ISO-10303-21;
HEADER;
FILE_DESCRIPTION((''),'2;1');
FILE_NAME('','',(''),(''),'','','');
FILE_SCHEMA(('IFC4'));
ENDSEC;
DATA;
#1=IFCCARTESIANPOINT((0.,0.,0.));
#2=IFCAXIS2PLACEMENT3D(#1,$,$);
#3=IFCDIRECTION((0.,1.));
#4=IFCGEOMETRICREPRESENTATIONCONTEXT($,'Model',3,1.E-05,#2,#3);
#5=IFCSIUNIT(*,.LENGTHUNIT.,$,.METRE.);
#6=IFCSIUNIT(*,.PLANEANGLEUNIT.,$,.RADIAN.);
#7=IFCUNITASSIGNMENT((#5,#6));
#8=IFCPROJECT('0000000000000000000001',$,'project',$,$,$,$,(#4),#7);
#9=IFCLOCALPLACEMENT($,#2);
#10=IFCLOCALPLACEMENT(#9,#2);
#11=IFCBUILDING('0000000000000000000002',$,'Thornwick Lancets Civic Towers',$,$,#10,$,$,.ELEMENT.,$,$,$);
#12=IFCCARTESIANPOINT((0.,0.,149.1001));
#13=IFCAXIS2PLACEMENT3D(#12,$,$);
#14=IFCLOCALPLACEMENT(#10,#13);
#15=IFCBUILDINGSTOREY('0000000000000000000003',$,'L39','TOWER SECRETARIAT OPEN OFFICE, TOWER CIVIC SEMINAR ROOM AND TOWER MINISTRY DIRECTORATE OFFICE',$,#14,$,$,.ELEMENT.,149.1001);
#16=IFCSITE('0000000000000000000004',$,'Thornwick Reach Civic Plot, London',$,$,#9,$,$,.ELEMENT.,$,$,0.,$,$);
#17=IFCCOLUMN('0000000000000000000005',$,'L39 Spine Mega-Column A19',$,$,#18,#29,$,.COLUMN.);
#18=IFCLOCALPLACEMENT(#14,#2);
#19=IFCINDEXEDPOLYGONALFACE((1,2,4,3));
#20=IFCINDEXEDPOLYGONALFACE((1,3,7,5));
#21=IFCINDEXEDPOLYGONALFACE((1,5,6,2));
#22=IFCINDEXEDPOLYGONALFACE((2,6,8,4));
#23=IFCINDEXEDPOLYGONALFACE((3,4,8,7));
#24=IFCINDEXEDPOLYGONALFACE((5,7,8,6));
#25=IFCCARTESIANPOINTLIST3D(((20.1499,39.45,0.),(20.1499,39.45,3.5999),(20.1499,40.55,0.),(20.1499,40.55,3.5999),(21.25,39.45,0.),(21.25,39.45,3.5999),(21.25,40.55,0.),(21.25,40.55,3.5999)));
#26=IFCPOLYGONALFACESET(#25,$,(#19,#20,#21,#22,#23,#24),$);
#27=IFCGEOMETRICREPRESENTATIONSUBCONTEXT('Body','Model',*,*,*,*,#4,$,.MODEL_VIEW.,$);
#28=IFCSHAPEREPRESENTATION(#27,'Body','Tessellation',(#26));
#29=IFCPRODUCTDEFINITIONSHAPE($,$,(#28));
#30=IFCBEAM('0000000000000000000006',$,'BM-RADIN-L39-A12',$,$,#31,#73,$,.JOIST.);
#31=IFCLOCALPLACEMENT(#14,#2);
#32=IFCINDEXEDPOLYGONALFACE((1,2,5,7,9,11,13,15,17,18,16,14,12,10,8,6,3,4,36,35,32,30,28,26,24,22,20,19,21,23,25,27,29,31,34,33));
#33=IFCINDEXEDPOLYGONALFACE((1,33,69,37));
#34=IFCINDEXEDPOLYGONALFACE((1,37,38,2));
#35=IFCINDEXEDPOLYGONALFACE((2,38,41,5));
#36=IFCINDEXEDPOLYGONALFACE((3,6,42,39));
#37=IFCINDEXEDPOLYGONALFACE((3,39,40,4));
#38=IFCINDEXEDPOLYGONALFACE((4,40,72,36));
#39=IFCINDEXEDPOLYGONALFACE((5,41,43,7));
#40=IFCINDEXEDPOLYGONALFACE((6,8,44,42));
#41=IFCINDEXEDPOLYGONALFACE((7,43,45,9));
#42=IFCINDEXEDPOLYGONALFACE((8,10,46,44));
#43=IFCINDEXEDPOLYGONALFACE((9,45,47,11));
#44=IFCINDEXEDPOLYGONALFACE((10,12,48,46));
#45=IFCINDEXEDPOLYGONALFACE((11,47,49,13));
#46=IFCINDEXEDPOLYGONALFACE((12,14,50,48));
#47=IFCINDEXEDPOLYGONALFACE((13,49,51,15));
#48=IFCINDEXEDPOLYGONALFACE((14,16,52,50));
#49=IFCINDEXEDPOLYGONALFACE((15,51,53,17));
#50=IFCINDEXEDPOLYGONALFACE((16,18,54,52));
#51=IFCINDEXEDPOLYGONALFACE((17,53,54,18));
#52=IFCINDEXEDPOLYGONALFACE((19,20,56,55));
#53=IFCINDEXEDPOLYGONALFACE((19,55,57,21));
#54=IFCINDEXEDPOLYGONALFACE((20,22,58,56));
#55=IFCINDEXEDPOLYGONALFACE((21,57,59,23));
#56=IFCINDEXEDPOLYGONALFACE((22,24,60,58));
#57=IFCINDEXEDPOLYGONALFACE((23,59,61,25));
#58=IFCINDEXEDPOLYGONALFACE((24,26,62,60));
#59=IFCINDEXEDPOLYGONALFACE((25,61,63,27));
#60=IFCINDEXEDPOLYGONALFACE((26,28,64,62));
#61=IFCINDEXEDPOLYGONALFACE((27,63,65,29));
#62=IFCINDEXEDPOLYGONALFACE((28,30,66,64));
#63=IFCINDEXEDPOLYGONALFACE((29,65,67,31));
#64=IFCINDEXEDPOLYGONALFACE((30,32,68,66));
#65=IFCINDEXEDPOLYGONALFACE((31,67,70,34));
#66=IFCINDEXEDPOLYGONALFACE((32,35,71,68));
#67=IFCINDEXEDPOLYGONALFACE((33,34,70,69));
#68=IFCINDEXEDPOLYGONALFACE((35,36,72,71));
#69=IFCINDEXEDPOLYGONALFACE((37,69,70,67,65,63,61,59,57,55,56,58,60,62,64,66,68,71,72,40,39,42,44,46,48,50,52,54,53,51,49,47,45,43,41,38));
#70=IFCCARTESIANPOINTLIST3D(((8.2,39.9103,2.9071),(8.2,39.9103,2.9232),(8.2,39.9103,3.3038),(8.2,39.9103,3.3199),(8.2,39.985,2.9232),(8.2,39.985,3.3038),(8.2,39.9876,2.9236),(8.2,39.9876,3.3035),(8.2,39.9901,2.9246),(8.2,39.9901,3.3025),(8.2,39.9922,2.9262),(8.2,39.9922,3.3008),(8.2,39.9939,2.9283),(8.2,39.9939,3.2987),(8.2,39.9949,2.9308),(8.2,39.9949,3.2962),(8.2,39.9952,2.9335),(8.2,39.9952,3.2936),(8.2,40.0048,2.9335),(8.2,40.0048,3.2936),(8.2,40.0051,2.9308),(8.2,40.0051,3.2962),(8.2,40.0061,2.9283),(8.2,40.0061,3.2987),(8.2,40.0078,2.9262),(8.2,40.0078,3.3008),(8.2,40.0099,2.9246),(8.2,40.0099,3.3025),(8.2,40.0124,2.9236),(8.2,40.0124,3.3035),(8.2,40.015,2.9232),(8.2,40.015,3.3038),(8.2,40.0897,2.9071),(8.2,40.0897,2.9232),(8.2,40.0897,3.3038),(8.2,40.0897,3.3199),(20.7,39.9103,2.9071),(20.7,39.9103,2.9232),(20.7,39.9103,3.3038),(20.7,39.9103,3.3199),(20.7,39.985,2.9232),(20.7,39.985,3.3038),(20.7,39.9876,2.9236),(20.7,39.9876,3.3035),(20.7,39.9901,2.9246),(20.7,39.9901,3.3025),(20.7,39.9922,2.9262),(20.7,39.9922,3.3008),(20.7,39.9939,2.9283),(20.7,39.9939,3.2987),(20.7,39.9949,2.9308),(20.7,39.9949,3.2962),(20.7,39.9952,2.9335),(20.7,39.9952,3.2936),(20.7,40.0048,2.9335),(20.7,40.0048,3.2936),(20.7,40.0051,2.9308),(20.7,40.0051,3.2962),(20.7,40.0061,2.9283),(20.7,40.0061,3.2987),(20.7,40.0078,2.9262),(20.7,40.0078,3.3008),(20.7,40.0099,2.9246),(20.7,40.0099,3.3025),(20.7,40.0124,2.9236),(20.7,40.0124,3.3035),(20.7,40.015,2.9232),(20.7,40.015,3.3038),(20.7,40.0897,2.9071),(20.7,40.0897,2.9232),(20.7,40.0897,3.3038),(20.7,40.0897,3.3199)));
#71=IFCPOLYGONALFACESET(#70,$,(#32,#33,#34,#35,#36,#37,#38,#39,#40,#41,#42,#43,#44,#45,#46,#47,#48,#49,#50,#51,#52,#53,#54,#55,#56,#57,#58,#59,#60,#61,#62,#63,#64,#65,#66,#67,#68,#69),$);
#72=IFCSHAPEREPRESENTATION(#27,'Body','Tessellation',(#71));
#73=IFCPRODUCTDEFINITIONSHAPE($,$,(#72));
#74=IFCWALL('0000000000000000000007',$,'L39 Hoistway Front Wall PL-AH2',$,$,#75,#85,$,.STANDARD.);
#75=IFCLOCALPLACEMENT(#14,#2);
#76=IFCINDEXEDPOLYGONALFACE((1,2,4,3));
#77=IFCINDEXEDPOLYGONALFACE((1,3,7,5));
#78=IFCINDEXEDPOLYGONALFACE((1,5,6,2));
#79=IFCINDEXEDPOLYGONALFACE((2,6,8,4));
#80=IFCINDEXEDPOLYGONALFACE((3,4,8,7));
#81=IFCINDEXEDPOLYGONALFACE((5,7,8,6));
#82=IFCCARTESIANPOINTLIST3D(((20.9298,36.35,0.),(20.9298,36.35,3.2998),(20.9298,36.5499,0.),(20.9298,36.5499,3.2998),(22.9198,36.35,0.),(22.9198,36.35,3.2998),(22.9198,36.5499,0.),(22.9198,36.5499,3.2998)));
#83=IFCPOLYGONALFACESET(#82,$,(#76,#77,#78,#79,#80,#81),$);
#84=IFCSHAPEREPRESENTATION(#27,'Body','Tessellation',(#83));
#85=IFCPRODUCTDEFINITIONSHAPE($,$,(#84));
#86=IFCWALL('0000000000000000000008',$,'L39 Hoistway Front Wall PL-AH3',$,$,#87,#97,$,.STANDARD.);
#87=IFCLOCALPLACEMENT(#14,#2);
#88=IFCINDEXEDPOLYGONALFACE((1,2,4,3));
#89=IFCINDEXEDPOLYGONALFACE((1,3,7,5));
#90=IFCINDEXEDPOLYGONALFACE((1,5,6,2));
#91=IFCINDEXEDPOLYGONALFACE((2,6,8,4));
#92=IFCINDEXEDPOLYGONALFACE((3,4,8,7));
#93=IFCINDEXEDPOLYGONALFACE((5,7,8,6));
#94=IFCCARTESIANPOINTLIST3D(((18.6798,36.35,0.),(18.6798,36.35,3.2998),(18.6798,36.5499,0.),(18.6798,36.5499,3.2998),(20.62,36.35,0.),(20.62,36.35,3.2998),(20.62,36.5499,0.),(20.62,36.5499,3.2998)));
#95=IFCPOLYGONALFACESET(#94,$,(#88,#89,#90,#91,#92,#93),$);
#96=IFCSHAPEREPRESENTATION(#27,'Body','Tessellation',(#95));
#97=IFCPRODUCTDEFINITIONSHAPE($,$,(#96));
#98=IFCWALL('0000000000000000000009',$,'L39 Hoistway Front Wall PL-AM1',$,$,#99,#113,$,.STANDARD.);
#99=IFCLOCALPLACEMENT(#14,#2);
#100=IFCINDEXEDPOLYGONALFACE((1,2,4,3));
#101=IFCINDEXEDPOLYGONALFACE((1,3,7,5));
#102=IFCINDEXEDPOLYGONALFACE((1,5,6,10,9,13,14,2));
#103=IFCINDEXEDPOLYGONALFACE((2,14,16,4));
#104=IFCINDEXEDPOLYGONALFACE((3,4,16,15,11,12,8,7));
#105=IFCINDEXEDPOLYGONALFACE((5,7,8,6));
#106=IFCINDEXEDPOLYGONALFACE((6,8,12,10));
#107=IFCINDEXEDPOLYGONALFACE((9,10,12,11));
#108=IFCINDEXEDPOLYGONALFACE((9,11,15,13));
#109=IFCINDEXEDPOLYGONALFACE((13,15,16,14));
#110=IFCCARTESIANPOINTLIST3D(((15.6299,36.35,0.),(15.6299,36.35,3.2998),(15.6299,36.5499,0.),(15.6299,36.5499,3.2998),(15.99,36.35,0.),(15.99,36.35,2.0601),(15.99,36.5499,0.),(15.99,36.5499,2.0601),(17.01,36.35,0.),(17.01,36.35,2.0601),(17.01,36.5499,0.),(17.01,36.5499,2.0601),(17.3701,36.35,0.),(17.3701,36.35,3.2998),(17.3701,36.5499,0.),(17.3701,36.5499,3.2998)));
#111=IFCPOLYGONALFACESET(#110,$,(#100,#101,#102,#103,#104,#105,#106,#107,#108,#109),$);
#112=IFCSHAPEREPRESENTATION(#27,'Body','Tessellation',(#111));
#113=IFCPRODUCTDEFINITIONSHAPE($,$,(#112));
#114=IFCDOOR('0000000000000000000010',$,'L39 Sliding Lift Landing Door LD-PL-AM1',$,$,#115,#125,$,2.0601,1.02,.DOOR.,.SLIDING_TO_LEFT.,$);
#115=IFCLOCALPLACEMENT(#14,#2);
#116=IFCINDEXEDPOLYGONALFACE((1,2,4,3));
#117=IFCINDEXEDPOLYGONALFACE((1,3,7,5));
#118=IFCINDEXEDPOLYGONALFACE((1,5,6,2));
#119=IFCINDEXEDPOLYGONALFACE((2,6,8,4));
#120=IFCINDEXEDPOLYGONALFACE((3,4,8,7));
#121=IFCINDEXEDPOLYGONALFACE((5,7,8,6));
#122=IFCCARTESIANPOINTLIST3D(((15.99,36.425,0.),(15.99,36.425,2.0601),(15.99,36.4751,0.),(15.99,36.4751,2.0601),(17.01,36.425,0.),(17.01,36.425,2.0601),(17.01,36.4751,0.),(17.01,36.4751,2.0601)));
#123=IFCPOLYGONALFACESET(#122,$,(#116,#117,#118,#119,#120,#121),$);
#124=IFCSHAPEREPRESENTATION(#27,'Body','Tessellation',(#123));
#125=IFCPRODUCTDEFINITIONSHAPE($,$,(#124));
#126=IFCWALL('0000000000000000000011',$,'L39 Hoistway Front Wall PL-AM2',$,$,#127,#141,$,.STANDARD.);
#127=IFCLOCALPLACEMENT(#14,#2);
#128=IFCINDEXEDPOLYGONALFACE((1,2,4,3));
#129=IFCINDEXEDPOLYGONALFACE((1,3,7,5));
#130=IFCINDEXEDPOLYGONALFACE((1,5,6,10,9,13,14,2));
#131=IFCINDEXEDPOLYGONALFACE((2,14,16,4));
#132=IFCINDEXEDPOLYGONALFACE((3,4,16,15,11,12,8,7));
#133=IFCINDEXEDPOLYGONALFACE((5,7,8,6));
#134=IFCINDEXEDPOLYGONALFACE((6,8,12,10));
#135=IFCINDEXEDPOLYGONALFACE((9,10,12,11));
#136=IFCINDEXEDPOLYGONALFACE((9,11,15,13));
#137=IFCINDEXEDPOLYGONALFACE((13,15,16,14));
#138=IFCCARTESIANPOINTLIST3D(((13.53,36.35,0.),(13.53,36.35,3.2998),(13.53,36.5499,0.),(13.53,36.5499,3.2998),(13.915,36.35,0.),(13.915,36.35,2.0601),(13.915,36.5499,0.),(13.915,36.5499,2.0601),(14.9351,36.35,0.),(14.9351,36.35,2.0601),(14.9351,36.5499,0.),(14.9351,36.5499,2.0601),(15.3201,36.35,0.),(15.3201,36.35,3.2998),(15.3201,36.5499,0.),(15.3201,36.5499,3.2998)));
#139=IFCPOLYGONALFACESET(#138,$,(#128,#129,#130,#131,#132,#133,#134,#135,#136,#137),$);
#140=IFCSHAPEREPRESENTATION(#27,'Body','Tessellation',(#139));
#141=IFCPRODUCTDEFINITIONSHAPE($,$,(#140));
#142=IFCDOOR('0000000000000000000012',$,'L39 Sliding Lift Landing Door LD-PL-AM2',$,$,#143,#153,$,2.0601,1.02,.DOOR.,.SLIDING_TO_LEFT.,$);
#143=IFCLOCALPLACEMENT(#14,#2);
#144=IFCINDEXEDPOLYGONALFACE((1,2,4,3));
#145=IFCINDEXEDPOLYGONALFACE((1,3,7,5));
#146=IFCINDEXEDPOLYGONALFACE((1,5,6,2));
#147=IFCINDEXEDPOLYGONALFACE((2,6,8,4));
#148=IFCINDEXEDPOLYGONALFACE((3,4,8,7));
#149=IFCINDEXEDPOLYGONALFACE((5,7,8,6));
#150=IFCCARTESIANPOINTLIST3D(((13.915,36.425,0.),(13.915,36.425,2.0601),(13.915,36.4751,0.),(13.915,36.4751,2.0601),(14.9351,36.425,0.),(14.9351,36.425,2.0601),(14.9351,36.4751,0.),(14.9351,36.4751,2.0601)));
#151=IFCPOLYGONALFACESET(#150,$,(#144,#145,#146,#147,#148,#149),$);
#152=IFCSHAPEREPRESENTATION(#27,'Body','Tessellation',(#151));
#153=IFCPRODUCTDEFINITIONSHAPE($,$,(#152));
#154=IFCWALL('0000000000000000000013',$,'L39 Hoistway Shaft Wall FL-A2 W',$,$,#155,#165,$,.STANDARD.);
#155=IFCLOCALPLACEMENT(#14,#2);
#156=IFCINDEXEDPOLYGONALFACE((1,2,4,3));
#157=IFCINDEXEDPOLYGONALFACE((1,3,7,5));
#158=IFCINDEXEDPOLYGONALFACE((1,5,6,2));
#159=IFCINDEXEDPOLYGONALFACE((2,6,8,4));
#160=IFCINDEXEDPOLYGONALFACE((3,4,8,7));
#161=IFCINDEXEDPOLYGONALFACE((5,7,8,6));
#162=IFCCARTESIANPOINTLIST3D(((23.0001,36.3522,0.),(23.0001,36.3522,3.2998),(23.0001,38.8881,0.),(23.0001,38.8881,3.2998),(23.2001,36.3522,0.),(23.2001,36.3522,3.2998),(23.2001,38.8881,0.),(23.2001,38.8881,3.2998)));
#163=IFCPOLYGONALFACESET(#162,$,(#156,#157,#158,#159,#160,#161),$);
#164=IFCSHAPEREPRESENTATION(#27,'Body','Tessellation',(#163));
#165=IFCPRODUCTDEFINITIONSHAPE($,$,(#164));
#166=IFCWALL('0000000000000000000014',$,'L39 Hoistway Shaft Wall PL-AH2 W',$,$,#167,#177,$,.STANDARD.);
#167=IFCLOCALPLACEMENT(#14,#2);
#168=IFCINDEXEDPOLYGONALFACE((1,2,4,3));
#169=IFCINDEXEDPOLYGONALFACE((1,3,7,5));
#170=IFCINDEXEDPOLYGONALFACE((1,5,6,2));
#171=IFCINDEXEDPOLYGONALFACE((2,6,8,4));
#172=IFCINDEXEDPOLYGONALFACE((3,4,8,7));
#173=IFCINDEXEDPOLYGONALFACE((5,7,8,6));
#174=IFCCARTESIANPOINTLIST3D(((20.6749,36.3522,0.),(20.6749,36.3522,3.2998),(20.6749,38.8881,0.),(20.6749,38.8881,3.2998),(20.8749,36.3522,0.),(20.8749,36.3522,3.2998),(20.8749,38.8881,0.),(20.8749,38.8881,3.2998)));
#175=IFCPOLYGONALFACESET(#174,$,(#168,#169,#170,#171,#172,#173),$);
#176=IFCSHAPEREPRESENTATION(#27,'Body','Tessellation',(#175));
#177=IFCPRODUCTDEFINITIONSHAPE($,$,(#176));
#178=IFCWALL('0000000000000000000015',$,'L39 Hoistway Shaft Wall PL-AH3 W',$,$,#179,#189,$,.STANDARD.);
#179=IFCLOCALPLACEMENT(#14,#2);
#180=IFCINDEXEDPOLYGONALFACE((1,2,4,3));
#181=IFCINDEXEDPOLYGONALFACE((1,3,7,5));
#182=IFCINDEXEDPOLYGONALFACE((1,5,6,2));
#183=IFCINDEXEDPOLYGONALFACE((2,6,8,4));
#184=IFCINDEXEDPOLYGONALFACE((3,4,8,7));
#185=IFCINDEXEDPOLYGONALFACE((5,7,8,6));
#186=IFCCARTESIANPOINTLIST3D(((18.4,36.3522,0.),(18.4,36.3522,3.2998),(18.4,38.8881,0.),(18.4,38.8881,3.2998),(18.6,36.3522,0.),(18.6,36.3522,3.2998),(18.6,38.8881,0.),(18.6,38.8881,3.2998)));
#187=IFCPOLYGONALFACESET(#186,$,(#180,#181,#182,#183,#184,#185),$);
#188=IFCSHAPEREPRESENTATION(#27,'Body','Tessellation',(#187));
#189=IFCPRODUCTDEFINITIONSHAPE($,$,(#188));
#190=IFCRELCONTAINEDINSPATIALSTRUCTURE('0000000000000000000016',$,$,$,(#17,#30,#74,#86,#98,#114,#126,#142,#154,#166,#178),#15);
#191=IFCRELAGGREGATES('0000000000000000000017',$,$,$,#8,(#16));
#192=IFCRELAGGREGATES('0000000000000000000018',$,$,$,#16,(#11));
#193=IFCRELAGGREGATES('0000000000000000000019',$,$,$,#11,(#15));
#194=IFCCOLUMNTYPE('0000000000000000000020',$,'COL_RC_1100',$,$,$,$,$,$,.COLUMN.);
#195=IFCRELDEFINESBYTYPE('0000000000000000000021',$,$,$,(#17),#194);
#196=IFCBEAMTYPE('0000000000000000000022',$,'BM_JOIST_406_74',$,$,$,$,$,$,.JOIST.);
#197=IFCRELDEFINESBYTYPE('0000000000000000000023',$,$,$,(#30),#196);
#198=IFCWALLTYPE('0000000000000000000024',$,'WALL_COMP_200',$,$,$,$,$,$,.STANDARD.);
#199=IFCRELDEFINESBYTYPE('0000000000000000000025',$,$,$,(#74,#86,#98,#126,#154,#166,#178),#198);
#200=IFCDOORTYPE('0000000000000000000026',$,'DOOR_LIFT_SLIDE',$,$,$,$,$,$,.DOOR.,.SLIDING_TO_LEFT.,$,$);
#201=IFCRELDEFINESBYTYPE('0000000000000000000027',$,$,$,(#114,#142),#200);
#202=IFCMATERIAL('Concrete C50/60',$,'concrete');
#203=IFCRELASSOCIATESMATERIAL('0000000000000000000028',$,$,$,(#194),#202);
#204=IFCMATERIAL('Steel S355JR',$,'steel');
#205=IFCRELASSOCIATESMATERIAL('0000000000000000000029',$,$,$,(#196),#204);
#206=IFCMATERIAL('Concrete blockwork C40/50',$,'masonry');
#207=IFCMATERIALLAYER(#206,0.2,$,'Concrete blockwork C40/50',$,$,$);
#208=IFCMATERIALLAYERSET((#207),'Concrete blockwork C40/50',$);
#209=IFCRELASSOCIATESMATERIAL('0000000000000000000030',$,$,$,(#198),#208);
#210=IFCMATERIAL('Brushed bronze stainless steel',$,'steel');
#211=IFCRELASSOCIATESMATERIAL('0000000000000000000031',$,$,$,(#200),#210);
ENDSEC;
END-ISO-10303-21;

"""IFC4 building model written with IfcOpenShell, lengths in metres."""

from ifc_helpers import new_model, si_unit, direction, frame, frame_2d, origin, origin_2d, place, context, subcontext, project, spatial, rectangle, i_section, extrude, material, layer, layer_set, material_profile, profile_set, type_object, element, fill, save


model = new_model("IFC4")

# Units and contexts
model_context = context("Model", 3, precision=1e-05, world=origin(), true_north=direction((0.0, 1.0)))
body_context = subcontext(model_context, "Body", "Model", "MODEL_VIEW")
ifc_project = project(units=[si_unit("LENGTHUNIT", "METRE"), si_unit("PLANEANGLEUNIT", "RADIAN")], contexts=[model_context])

# Site, building, storey
site_placement = place(None, origin())
site = spatial("IfcSite", under=ifc_project, at=site_placement, Name="Thornwick Reach Civic Plot, London", CompositionType="ELEMENT", RefElevation=0.0)
building_placement = place(site_placement, origin())
building = spatial("IfcBuilding", under=site, at=building_placement, Name="Thornwick Lancets Civic Towers", CompositionType="ELEMENT")
storey_placement = place(building_placement, frame((0.0, 0.0, 149.1001)))
storey = spatial("IfcBuildingStorey", under=building, at=storey_placement, Name="L39", Description="TOWER SECRETARIAT OPEN OFFICE, TOWER CIVIC SEMINAR ROOM AND TOWER MINISTRY DIRECTORATE OFFICE", CompositionType="ELEMENT", Elevation=149.1001)

# Column
ifc_material_1 = material(Name="Concrete C50/60", Category="concrete")
ifc_material_profile_1 = material_profile(ifc_material_1, rectangle(XDim=1.1001, YDim=1.1001, at=origin_2d()), Name="RC 1100x1100")
ifc_profile_set_1 = profile_set([ifc_material_profile_1], Name="Concrete C50/60")
column_type = type_object("IfcColumnType", Name="COL_RC_1100", PredefinedType="COLUMN", material=ifc_profile_set_1)
column_placement = place(storey_placement, frame((20.7, 40.0, 0.0), z_axis=(0.0, 0.0, 1.0), x_axis=(1.0, 0.0, 0.0)))
element("IfcColumn", 1, at=column_placement, inside=storey, type_object=column_type, Name="L39 Spine Mega-Column A19", PredefinedType="COLUMN", context=body_context, shape_type="SweptSolid", body=[
    extrude(rectangle(XDim=1.1001, YDim=1.1001, at=origin_2d()), origin(), (0.0, 0.0, 1.0), 3.5999),
])

# Beam
ifc_material_2 = material(Name="Steel S355JR", Category="steel")
ifc_material_profile_2 = material_profile(ifc_material_2, i_section(OverallWidth=0.1794, OverallDepth=0.4128, WebThickness=0.0095, FlangeThickness=0.0161, FilletRadius=0.0103, at=origin_2d()), Name="UKB 406x178x74")
ifc_profile_set_2 = profile_set([ifc_material_profile_2], Name="Steel S355JR")
beam_type = type_object("IfcBeamType", Name="BM_JOIST_406_74", PredefinedType="JOIST", material=ifc_profile_set_2)
beam_placement = place(storey_placement, frame((20.7, 40.0, 3.1135), z_axis=(-1.0, 0.0, 0.0), x_axis=(0.0, -1.0, 0.0)))
element("IfcBeam", 2, at=beam_placement, inside=storey, type_object=beam_type, Name="BM-RADIN-L39-A12", PredefinedType="JOIST", context=body_context, shape_type="SweptSolid", body=[
    extrude(i_section(OverallWidth=0.1794, OverallDepth=0.4128, WebThickness=0.0095, FlangeThickness=0.0161, FilletRadius=0.0103, at=origin_2d()), origin(), (0.0, 0.0, 1.0), 12.5),
])

# Walls
ifc_material_3 = material(Name="Concrete blockwork C40/50", Category="masonry")
ifc_layer_1 = layer(ifc_material_3, 0.2, Name="Concrete blockwork C40/50")
ifc_layer_set_1 = layer_set([ifc_layer_1], Name="Concrete blockwork C40/50")
wall_type_1 = type_object("IfcWallType", Name="WALL_COMP_200", PredefinedType="STANDARD", material=ifc_layer_set_1)
wall_1_placement = place(storey_placement, frame((22.9199, 36.45, 0.0), z_axis=(0.0, 0.0, 1.0), x_axis=(-1.0, 0.0, 0.0)))
element("IfcWall", 3, at=wall_1_placement, inside=storey, type_object=wall_type_1, Name="L39 Hoistway Front Wall PL-AH2", PredefinedType="STANDARD", context=body_context, shape_type="SweptSolid", body=[
    extrude(rectangle(XDim=1.99, YDim=0.2, at=frame_2d((0.9951, 0.0))), origin(), (0.0, 0.0, 1.0), 3.2998),
])
wall_2_placement = place(storey_placement, frame((20.6201, 36.45, 0.0), z_axis=(0.0, 0.0, 1.0), x_axis=(-1.0, 0.0, 0.0)))
element("IfcWall", 4, at=wall_2_placement, inside=storey, type_object=wall_type_1, Name="L39 Hoistway Front Wall PL-AH3", PredefinedType="STANDARD", context=body_context, shape_type="SweptSolid", body=[
    extrude(rectangle(XDim=1.9402, YDim=0.2, at=frame_2d((0.9702, 0.0))), origin(), (0.0, 0.0, 1.0), 3.2998),
])

# Walls, openings, doors
wall_3_placement = place(storey_placement, frame((17.3701, 36.45, 0.0), z_axis=(0.0, 0.0, 1.0), x_axis=(-1.0, 0.0, 0.0)))
wall_3 = element("IfcWall", 5, at=wall_3_placement, inside=storey, type_object=wall_type_1, Name="L39 Hoistway Front Wall PL-AM1", PredefinedType="STANDARD", context=body_context, shape_type="SweptSolid", body=[
    extrude(rectangle(XDim=1.7402, YDim=0.2, at=frame_2d((0.8701, 0.0))), origin(), (0.0, 0.0, 1.0), 3.2998),
])
opening_1_placement = place(wall_3_placement, frame((0.3601, 0.0, 0.0)))
opening_1 = element("IfcOpeningElement", 6, at=opening_1_placement, cuts=wall_3, PredefinedType="OPENING", context=body_context, shape_type="SweptSolid", body=[
    extrude(rectangle(XDim=1.02, YDim=2.0601, at=frame_2d((0.51, 1.03))), frame((0.0, 0.1099, 0.0), z_axis=(0.0, -1.0, 0.0), x_axis=(1.0, 0.0, 0.0)), (0.0, 0.0, 1.0), 0.22),
])
ifc_material_4 = material(Name="Brushed bronze stainless steel", Category="steel")
door_type = type_object("IfcDoorType", Name="DOOR_LIFT_SLIDE", OperationType="SLIDING_TO_LEFT", PredefinedType="DOOR", material=ifc_material_4)
door_1_placement = place(opening_1_placement, origin())
door_1 = element("IfcDoor", 7, at=door_1_placement, inside=storey, type_object=door_type, Name="L39 Sliding Lift Landing Door LD-PL-AM1", OperationType="SLIDING_TO_LEFT", OverallHeight=2.0601, OverallWidth=1.02, PredefinedType="DOOR", context=body_context, shape_type="SweptSolid", body=[
    extrude(rectangle(XDim=1.02, YDim=2.0601, at=frame_2d((0.51, 1.03))), frame((0.0, 0.0249, 0.0), z_axis=(0.0, -1.0, 0.0), x_axis=(1.0, 0.0, 0.0)), (0.0, 0.0, 1.0), 0.05),
])
fill(opening_1, door_1)
wall_4_placement = place(storey_placement, frame((15.3201, 36.45, 0.0), z_axis=(0.0, 0.0, 1.0), x_axis=(-1.0, 0.0, 0.0)))
wall_4 = element("IfcWall", 8, at=wall_4_placement, inside=storey, type_object=wall_type_1, Name="L39 Hoistway Front Wall PL-AM2", PredefinedType="STANDARD", context=body_context, shape_type="SweptSolid", body=[
    extrude(rectangle(XDim=1.79, YDim=0.2, at=frame_2d((0.895, 0.0))), origin(), (0.0, 0.0, 1.0), 3.2998),
])
opening_2_placement = place(wall_4_placement, frame((0.385, 0.0, 0.0)))
opening_2 = element("IfcOpeningElement", 9, at=opening_2_placement, cuts=wall_4, PredefinedType="OPENING", context=body_context, shape_type="SweptSolid", body=[
    extrude(rectangle(XDim=1.02, YDim=2.0601, at=frame_2d((0.51, 1.03))), frame((0.0, 0.1099, 0.0), z_axis=(0.0, -1.0, 0.0), x_axis=(1.0, 0.0, 0.0)), (0.0, 0.0, 1.0), 0.22),
])
door_2_placement = place(opening_2_placement, origin())
door_2 = element("IfcDoor", 10, at=door_2_placement, inside=storey, type_object=door_type, Name="L39 Sliding Lift Landing Door LD-PL-AM2", OperationType="SLIDING_TO_LEFT", OverallHeight=2.0601, OverallWidth=1.02, PredefinedType="DOOR", context=body_context, shape_type="SweptSolid", body=[
    extrude(rectangle(XDim=1.02, YDim=2.0601, at=frame_2d((0.51, 1.03))), frame((0.0, 0.0249, 0.0), z_axis=(0.0, -1.0, 0.0), x_axis=(1.0, 0.0, 0.0)), (0.0, 0.0, 1.0), 0.05),
])
fill(opening_2, door_2)

# Walls
for number, where, z_axis, x_axis, name in (
    (11, (23.1001, 36.3521, 0.0), (0.0, 0.0, 1.0), (0.0, 1.0, 0.0), "L39 Hoistway Shaft Wall FL-A2 W"),
    (12, (20.7749, 36.3521, 0.0), (0.0, 0.0, 1.0), (0.0, 1.0, 0.0), "L39 Hoistway Shaft Wall PL-AH2 W"),
    (13, (18.5, 36.3521, 0.0), (0.0, 0.0, 1.0), (0.0, 1.0, 0.0), "L39 Hoistway Shaft Wall PL-AH3 W"),
):
    element("IfcWall", number, at=place(storey_placement, frame(where, z_axis=z_axis, x_axis=x_axis)), inside=storey, type_object=wall_type_1, Name=name, PredefinedType="STANDARD", context=body_context, shape_type="SweptSolid", body=[
        extrude(rectangle(XDim=2.5359, YDim=0.2, at=frame_2d((1.2681, 0.0))), origin(), (0.0, 0.0, 1.0), 3.2998),
    ])

save(model, "model.ifc")
